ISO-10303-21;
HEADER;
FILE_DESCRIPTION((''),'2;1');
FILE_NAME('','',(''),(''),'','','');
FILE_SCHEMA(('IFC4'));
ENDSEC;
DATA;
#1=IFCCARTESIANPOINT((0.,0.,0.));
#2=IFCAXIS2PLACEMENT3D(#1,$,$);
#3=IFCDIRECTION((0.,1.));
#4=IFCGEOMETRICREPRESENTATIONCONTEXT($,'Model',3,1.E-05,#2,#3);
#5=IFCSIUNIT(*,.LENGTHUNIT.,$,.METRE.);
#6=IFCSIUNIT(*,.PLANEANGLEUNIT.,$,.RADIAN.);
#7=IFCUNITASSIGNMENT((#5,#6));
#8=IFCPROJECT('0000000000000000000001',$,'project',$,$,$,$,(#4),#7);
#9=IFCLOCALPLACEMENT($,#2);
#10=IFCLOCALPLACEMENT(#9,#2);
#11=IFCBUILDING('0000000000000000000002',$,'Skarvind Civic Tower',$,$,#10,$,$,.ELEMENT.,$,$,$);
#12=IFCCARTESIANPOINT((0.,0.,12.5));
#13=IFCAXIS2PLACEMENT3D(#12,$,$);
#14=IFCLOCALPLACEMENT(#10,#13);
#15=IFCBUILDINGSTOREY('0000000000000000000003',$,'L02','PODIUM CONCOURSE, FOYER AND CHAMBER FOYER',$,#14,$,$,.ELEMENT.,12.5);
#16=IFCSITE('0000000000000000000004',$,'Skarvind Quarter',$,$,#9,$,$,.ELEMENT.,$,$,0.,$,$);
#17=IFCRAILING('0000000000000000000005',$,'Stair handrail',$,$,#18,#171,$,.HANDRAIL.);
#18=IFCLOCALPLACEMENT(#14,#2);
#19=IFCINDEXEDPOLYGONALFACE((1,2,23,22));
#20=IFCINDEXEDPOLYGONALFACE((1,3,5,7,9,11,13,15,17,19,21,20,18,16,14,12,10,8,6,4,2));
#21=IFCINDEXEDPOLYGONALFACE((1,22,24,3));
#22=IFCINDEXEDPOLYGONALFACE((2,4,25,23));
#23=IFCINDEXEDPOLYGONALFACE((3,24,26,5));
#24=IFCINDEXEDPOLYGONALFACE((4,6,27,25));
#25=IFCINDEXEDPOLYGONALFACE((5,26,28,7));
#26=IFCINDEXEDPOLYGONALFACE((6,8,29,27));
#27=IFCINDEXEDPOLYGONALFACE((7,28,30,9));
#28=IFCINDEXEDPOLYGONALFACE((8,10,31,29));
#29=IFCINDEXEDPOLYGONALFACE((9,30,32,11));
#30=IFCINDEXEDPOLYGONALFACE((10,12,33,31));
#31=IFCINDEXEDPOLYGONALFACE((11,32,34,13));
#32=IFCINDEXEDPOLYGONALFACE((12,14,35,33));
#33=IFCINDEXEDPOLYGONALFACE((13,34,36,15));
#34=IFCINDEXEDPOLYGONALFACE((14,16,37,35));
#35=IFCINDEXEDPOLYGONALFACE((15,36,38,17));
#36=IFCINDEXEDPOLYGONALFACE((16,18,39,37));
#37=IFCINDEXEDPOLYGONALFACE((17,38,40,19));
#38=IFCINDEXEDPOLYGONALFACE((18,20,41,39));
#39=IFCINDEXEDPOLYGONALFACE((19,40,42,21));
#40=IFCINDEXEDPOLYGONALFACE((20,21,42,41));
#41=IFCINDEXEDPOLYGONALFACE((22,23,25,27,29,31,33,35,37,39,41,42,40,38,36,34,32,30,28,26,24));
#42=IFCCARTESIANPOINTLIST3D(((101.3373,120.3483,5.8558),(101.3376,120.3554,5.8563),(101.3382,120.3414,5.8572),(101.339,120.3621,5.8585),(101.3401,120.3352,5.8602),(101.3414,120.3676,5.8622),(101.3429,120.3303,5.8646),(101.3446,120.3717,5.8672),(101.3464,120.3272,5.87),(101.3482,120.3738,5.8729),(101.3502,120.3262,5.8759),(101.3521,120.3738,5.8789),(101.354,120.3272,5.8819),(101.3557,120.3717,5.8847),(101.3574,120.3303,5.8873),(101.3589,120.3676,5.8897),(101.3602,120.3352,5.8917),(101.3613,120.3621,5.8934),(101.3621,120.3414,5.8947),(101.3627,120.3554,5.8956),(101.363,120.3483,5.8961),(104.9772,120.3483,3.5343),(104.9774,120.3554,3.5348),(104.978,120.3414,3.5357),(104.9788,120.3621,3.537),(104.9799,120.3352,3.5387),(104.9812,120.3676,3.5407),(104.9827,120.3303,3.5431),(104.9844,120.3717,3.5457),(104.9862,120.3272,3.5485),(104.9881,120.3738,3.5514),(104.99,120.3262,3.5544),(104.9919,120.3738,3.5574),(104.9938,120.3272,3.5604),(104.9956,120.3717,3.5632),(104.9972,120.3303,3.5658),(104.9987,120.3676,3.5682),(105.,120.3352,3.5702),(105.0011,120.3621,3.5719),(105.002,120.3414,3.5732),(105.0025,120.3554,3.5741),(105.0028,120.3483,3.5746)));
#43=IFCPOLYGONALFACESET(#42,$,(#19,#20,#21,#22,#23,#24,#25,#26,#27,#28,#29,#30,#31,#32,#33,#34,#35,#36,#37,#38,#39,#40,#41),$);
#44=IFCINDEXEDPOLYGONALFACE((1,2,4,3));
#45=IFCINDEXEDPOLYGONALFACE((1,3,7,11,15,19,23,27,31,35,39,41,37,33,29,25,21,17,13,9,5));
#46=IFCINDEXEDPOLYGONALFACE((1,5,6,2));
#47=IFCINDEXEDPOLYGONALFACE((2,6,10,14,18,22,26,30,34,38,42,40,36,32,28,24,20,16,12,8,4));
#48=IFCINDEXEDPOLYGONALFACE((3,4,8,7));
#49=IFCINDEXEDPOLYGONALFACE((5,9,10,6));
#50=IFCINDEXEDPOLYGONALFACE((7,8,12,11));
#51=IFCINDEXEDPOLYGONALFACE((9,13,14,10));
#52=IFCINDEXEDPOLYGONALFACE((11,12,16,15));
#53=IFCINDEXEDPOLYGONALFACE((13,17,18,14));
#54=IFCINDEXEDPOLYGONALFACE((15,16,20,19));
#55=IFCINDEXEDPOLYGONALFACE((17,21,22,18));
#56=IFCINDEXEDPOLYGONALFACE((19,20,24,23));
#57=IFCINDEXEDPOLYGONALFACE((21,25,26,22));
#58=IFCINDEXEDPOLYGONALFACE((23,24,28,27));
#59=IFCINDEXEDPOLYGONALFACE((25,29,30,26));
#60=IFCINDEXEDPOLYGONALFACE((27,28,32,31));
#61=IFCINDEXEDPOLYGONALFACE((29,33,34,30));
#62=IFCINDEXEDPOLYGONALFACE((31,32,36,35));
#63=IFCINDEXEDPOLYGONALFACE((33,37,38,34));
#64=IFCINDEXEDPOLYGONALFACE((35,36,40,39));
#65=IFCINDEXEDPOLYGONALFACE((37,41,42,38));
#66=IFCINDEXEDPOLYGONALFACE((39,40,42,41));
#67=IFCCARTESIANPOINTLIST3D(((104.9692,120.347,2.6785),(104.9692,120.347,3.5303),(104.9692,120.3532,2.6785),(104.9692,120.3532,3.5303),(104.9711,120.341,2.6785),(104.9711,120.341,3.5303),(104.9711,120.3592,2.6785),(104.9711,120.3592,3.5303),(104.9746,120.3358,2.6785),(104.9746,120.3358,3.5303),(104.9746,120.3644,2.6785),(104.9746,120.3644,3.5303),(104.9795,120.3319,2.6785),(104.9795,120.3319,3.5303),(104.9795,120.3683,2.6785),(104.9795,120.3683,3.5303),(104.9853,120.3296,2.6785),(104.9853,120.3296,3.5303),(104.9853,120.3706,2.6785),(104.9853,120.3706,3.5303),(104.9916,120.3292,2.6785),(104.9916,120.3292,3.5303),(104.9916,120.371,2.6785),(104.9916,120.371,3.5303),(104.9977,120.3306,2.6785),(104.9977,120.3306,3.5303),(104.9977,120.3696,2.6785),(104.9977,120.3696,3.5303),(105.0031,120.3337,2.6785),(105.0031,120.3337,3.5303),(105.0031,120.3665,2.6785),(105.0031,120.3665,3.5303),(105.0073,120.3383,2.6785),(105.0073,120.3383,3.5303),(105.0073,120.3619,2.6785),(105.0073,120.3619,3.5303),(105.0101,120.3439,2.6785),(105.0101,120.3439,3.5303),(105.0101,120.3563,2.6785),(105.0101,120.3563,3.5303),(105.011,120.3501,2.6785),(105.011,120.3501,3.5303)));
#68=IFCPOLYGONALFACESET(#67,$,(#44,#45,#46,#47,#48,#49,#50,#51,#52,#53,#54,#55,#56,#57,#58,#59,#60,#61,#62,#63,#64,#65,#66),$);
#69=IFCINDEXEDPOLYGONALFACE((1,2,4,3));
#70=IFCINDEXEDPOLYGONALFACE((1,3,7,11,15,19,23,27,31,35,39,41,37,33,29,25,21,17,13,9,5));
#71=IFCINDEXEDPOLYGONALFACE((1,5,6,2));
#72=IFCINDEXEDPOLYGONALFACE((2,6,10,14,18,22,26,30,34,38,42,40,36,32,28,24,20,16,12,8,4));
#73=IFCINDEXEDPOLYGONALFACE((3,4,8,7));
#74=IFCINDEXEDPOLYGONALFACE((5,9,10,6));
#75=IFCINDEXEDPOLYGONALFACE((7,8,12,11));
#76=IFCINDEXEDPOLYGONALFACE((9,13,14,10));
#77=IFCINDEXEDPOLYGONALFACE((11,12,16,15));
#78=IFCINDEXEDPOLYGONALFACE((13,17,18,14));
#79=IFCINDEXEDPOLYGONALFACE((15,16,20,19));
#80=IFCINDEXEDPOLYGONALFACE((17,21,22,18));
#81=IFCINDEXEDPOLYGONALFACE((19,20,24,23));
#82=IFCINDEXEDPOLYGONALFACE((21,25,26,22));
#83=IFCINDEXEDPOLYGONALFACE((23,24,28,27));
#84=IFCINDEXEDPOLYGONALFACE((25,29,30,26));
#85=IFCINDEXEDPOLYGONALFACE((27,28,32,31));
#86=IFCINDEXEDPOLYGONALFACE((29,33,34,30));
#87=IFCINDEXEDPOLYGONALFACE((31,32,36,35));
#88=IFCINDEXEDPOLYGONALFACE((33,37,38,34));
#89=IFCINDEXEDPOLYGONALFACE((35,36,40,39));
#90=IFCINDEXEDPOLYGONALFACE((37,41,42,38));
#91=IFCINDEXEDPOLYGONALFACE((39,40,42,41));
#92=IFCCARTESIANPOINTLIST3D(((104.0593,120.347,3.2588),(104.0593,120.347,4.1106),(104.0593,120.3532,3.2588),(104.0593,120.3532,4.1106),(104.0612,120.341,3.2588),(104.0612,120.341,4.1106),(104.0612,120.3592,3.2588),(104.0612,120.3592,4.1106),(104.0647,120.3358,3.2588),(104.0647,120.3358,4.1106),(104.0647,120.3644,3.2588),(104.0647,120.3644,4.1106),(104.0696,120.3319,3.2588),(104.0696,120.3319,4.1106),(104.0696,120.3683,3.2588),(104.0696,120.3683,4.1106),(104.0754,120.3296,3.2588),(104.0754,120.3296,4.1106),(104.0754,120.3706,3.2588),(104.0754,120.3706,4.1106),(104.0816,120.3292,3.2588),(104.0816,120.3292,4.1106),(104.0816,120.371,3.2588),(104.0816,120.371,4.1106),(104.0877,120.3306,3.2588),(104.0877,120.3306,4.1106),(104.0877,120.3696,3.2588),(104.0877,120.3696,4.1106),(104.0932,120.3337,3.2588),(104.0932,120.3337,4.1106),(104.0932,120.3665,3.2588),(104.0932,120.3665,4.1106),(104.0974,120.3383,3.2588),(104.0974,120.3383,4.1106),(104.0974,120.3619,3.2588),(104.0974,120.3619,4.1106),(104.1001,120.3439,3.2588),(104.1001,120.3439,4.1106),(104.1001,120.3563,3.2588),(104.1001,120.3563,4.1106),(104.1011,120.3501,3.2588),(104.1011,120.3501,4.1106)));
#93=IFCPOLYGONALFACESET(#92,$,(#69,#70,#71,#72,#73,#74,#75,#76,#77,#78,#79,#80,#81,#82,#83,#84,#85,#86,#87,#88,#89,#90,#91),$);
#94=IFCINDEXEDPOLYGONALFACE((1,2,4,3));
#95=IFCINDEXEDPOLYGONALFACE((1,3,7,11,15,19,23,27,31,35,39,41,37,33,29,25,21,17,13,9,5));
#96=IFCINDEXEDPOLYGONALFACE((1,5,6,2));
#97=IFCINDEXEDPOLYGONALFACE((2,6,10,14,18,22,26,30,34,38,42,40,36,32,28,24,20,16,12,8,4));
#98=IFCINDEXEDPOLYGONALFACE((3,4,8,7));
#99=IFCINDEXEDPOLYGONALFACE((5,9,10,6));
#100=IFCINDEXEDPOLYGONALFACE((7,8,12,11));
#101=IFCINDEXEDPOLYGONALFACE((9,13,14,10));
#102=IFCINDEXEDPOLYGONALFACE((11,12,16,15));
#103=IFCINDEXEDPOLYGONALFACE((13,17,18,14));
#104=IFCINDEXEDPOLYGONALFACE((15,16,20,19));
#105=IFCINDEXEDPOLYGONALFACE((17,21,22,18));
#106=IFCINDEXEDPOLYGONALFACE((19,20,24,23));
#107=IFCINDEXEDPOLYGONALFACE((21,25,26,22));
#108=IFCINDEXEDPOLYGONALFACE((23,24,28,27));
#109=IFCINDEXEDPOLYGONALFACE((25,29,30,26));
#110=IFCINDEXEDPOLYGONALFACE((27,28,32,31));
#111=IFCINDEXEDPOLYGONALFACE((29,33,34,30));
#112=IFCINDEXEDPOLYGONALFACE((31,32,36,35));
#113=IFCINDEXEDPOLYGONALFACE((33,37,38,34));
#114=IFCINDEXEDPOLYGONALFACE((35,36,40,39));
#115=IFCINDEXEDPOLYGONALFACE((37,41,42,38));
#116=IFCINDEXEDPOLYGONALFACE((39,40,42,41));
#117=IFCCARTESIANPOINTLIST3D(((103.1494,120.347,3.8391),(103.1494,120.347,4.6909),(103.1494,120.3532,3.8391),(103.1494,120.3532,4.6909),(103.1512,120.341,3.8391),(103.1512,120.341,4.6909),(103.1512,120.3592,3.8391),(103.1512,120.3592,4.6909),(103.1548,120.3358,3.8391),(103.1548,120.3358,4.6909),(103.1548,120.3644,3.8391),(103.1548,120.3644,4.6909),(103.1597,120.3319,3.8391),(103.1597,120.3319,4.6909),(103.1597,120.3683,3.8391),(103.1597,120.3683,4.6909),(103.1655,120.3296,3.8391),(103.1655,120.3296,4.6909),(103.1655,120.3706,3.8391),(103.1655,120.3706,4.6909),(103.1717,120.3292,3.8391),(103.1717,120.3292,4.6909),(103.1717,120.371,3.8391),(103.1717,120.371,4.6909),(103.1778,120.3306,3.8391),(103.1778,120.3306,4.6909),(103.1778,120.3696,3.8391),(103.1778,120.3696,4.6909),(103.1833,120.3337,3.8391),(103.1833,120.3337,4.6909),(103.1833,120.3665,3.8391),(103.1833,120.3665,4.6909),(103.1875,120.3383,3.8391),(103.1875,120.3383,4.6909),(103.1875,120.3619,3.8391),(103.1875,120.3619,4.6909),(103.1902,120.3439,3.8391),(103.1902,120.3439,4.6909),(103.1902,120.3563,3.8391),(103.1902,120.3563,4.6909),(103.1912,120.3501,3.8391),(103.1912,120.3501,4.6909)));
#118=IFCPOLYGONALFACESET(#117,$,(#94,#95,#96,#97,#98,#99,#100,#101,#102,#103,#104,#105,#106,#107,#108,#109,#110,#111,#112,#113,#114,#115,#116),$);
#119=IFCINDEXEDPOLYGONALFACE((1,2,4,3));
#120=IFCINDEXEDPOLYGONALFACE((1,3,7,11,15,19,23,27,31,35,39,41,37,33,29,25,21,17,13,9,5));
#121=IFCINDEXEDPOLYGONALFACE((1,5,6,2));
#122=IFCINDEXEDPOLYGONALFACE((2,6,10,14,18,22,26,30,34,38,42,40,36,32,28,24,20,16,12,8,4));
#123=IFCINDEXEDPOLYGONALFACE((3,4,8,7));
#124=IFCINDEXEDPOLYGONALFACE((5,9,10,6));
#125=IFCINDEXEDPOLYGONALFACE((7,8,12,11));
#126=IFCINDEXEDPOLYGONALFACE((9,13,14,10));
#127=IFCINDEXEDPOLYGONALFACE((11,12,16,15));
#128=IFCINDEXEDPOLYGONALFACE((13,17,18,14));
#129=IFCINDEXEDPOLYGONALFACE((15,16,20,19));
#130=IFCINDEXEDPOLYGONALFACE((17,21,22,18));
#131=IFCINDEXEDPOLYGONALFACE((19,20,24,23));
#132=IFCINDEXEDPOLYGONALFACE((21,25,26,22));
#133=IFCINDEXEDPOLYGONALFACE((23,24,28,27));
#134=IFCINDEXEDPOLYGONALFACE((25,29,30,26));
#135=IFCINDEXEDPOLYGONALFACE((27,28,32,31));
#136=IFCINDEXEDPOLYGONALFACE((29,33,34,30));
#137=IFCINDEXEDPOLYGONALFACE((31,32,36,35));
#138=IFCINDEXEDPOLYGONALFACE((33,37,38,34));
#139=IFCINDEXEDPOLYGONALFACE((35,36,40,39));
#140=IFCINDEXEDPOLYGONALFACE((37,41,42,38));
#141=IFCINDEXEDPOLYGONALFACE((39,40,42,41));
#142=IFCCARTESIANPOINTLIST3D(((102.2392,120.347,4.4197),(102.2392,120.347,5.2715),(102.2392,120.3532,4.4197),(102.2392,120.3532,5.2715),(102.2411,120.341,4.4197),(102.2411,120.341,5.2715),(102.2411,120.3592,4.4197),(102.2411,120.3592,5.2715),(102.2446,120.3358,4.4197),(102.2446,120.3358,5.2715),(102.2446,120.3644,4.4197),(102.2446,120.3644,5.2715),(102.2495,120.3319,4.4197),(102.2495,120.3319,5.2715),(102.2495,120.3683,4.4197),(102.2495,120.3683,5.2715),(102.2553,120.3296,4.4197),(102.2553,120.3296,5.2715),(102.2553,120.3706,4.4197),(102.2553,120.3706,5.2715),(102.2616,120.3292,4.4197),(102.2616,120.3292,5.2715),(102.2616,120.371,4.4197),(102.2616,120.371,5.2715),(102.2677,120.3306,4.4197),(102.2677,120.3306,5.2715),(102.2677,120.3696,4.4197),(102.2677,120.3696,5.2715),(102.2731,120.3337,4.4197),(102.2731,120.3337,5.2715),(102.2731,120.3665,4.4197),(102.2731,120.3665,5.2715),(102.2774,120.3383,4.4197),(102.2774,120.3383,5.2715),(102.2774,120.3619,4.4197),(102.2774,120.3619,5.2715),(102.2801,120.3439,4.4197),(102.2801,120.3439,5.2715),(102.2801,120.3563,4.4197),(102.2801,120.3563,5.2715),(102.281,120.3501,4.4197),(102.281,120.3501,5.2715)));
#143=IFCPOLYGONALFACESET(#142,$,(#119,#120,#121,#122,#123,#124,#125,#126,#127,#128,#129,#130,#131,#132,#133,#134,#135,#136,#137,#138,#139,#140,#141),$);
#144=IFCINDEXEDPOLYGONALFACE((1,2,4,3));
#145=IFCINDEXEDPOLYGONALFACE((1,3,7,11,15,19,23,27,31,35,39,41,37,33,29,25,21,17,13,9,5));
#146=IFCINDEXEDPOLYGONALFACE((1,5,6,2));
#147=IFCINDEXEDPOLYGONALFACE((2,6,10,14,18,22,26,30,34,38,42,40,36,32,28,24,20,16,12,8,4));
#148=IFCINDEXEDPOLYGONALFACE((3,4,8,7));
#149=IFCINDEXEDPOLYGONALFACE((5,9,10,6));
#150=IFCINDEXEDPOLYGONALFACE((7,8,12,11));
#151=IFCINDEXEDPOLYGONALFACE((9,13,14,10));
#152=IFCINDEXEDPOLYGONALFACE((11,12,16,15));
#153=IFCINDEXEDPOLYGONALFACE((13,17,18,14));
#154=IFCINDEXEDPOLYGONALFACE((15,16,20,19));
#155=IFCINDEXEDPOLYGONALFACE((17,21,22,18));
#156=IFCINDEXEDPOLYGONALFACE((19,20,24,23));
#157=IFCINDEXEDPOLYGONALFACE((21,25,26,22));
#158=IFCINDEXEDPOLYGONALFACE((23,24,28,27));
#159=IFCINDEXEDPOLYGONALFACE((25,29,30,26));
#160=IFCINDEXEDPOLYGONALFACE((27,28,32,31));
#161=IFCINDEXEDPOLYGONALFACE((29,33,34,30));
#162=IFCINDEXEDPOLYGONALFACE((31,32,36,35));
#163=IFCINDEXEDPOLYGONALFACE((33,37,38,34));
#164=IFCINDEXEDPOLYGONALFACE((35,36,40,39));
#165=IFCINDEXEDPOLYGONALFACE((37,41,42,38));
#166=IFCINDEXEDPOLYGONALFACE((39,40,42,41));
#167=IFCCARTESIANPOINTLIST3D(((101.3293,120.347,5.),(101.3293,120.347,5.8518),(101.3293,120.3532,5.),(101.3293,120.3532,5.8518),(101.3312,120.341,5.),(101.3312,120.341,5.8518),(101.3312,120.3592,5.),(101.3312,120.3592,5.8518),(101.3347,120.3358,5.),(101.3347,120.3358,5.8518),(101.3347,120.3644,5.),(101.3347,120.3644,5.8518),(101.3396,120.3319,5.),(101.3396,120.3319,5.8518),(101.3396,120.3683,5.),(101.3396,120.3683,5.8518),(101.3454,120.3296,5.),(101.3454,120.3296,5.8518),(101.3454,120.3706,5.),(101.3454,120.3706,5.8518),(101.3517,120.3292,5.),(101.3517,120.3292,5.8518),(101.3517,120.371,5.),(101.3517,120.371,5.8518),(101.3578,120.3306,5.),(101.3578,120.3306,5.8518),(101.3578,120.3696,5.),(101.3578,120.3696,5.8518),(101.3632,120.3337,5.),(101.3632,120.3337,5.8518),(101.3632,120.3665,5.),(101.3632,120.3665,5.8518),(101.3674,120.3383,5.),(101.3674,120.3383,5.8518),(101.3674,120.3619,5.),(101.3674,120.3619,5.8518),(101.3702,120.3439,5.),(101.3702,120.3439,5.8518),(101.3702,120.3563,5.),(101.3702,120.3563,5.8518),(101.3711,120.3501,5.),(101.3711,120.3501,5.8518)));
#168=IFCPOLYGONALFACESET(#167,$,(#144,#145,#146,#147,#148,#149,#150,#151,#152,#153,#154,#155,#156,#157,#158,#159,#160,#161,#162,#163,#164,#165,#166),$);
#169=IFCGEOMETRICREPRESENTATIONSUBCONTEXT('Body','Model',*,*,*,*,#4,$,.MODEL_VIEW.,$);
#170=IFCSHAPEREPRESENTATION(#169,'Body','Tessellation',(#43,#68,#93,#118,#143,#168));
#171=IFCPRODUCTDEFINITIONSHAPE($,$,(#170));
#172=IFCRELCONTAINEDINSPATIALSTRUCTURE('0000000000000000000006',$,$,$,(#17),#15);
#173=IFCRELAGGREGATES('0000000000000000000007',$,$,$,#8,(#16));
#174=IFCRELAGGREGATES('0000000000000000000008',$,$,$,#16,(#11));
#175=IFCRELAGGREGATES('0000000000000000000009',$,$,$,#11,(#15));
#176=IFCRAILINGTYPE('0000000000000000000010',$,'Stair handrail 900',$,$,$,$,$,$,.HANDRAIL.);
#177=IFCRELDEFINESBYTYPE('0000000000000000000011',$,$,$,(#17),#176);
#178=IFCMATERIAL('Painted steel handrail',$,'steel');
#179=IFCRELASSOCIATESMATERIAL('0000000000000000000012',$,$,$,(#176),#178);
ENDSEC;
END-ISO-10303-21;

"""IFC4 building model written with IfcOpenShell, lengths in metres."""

from ifc_helpers import new_model, si_unit, direction, frame, origin, origin_2d, place, context, subcontext, project, spatial, circle, extrude, material, type_object, element, save


model = new_model("IFC4")

# Units and contexts
model_context = context("Model", 3, precision=1e-05, world=origin(), true_north=direction((0.0, 1.0)))
body_context = subcontext(model_context, "Body", "Model", "MODEL_VIEW")
ifc_project = project(units=[si_unit("LENGTHUNIT", "METRE"), si_unit("PLANEANGLEUNIT", "RADIAN")], contexts=[model_context])

# Site, building, storey
site_placement = place(None, origin())
site = spatial("IfcSite", under=ifc_project, at=site_placement, Name="Skarvind Quarter", CompositionType="ELEMENT", RefElevation=0.0)
building_placement = place(site_placement, origin())
building = spatial("IfcBuilding", under=site, at=building_placement, Name="Skarvind Civic Tower", CompositionType="ELEMENT")
storey_placement = place(building_placement, frame((0.0, 0.0, 12.5)))
storey = spatial("IfcBuildingStorey", under=building, at=storey_placement, Name="L02", Description="PODIUM CONCOURSE, FOYER AND CHAMBER FOYER", CompositionType="ELEMENT", Elevation=12.5)

# Railing
ifc_material_1 = material(Name="Painted steel handrail", Category="steel")
railing_type = type_object("IfcRailingType", Name="Stair handrail 900", PredefinedType="HANDRAIL", material=ifc_material_1)
railing_placement = place(storey_placement, frame((104.99, 120.3501, 2.6785)))
element("IfcRailing", 1, at=railing_placement, inside=storey, type_object=railing_type, Name="Stair handrail", PredefinedType="HANDRAIL", context=body_context, shape_type="SweptSolid", body=[
    extrude(circle(Radius=0.0239, at=origin_2d()), frame((0.0, 0.0, 0.876), z_axis=(-0.843112, 0.0, 0.537739), x_axis=(0.0, -1.0, 0.0)), (0.0, 0.0, 1.0), 4.3171),
    extrude(circle(Radius=0.021, at=origin_2d()), origin(), (0.0, 0.0, 1.0), 0.8518),
    extrude(circle(Radius=0.021, at=origin_2d()), frame((-0.9099, 0.0, 0.5803)), (0.0, 0.0, 1.0), 0.8518),
    extrude(circle(Radius=0.021, at=origin_2d()), frame((-1.8198, 0.0, 1.1606)), (0.0, 0.0, 1.0), 0.8518),
    extrude(circle(Radius=0.021, at=origin_2d()), frame((-2.73, 0.0, 1.7412)), (0.0, 0.0, 1.0), 0.8518),
    extrude(circle(Radius=0.021, at=origin_2d()), frame((-3.6399, 0.0, 2.3215)), (0.0, 0.0, 1.0), 0.8518),
])

save(model, "model.ifc")
